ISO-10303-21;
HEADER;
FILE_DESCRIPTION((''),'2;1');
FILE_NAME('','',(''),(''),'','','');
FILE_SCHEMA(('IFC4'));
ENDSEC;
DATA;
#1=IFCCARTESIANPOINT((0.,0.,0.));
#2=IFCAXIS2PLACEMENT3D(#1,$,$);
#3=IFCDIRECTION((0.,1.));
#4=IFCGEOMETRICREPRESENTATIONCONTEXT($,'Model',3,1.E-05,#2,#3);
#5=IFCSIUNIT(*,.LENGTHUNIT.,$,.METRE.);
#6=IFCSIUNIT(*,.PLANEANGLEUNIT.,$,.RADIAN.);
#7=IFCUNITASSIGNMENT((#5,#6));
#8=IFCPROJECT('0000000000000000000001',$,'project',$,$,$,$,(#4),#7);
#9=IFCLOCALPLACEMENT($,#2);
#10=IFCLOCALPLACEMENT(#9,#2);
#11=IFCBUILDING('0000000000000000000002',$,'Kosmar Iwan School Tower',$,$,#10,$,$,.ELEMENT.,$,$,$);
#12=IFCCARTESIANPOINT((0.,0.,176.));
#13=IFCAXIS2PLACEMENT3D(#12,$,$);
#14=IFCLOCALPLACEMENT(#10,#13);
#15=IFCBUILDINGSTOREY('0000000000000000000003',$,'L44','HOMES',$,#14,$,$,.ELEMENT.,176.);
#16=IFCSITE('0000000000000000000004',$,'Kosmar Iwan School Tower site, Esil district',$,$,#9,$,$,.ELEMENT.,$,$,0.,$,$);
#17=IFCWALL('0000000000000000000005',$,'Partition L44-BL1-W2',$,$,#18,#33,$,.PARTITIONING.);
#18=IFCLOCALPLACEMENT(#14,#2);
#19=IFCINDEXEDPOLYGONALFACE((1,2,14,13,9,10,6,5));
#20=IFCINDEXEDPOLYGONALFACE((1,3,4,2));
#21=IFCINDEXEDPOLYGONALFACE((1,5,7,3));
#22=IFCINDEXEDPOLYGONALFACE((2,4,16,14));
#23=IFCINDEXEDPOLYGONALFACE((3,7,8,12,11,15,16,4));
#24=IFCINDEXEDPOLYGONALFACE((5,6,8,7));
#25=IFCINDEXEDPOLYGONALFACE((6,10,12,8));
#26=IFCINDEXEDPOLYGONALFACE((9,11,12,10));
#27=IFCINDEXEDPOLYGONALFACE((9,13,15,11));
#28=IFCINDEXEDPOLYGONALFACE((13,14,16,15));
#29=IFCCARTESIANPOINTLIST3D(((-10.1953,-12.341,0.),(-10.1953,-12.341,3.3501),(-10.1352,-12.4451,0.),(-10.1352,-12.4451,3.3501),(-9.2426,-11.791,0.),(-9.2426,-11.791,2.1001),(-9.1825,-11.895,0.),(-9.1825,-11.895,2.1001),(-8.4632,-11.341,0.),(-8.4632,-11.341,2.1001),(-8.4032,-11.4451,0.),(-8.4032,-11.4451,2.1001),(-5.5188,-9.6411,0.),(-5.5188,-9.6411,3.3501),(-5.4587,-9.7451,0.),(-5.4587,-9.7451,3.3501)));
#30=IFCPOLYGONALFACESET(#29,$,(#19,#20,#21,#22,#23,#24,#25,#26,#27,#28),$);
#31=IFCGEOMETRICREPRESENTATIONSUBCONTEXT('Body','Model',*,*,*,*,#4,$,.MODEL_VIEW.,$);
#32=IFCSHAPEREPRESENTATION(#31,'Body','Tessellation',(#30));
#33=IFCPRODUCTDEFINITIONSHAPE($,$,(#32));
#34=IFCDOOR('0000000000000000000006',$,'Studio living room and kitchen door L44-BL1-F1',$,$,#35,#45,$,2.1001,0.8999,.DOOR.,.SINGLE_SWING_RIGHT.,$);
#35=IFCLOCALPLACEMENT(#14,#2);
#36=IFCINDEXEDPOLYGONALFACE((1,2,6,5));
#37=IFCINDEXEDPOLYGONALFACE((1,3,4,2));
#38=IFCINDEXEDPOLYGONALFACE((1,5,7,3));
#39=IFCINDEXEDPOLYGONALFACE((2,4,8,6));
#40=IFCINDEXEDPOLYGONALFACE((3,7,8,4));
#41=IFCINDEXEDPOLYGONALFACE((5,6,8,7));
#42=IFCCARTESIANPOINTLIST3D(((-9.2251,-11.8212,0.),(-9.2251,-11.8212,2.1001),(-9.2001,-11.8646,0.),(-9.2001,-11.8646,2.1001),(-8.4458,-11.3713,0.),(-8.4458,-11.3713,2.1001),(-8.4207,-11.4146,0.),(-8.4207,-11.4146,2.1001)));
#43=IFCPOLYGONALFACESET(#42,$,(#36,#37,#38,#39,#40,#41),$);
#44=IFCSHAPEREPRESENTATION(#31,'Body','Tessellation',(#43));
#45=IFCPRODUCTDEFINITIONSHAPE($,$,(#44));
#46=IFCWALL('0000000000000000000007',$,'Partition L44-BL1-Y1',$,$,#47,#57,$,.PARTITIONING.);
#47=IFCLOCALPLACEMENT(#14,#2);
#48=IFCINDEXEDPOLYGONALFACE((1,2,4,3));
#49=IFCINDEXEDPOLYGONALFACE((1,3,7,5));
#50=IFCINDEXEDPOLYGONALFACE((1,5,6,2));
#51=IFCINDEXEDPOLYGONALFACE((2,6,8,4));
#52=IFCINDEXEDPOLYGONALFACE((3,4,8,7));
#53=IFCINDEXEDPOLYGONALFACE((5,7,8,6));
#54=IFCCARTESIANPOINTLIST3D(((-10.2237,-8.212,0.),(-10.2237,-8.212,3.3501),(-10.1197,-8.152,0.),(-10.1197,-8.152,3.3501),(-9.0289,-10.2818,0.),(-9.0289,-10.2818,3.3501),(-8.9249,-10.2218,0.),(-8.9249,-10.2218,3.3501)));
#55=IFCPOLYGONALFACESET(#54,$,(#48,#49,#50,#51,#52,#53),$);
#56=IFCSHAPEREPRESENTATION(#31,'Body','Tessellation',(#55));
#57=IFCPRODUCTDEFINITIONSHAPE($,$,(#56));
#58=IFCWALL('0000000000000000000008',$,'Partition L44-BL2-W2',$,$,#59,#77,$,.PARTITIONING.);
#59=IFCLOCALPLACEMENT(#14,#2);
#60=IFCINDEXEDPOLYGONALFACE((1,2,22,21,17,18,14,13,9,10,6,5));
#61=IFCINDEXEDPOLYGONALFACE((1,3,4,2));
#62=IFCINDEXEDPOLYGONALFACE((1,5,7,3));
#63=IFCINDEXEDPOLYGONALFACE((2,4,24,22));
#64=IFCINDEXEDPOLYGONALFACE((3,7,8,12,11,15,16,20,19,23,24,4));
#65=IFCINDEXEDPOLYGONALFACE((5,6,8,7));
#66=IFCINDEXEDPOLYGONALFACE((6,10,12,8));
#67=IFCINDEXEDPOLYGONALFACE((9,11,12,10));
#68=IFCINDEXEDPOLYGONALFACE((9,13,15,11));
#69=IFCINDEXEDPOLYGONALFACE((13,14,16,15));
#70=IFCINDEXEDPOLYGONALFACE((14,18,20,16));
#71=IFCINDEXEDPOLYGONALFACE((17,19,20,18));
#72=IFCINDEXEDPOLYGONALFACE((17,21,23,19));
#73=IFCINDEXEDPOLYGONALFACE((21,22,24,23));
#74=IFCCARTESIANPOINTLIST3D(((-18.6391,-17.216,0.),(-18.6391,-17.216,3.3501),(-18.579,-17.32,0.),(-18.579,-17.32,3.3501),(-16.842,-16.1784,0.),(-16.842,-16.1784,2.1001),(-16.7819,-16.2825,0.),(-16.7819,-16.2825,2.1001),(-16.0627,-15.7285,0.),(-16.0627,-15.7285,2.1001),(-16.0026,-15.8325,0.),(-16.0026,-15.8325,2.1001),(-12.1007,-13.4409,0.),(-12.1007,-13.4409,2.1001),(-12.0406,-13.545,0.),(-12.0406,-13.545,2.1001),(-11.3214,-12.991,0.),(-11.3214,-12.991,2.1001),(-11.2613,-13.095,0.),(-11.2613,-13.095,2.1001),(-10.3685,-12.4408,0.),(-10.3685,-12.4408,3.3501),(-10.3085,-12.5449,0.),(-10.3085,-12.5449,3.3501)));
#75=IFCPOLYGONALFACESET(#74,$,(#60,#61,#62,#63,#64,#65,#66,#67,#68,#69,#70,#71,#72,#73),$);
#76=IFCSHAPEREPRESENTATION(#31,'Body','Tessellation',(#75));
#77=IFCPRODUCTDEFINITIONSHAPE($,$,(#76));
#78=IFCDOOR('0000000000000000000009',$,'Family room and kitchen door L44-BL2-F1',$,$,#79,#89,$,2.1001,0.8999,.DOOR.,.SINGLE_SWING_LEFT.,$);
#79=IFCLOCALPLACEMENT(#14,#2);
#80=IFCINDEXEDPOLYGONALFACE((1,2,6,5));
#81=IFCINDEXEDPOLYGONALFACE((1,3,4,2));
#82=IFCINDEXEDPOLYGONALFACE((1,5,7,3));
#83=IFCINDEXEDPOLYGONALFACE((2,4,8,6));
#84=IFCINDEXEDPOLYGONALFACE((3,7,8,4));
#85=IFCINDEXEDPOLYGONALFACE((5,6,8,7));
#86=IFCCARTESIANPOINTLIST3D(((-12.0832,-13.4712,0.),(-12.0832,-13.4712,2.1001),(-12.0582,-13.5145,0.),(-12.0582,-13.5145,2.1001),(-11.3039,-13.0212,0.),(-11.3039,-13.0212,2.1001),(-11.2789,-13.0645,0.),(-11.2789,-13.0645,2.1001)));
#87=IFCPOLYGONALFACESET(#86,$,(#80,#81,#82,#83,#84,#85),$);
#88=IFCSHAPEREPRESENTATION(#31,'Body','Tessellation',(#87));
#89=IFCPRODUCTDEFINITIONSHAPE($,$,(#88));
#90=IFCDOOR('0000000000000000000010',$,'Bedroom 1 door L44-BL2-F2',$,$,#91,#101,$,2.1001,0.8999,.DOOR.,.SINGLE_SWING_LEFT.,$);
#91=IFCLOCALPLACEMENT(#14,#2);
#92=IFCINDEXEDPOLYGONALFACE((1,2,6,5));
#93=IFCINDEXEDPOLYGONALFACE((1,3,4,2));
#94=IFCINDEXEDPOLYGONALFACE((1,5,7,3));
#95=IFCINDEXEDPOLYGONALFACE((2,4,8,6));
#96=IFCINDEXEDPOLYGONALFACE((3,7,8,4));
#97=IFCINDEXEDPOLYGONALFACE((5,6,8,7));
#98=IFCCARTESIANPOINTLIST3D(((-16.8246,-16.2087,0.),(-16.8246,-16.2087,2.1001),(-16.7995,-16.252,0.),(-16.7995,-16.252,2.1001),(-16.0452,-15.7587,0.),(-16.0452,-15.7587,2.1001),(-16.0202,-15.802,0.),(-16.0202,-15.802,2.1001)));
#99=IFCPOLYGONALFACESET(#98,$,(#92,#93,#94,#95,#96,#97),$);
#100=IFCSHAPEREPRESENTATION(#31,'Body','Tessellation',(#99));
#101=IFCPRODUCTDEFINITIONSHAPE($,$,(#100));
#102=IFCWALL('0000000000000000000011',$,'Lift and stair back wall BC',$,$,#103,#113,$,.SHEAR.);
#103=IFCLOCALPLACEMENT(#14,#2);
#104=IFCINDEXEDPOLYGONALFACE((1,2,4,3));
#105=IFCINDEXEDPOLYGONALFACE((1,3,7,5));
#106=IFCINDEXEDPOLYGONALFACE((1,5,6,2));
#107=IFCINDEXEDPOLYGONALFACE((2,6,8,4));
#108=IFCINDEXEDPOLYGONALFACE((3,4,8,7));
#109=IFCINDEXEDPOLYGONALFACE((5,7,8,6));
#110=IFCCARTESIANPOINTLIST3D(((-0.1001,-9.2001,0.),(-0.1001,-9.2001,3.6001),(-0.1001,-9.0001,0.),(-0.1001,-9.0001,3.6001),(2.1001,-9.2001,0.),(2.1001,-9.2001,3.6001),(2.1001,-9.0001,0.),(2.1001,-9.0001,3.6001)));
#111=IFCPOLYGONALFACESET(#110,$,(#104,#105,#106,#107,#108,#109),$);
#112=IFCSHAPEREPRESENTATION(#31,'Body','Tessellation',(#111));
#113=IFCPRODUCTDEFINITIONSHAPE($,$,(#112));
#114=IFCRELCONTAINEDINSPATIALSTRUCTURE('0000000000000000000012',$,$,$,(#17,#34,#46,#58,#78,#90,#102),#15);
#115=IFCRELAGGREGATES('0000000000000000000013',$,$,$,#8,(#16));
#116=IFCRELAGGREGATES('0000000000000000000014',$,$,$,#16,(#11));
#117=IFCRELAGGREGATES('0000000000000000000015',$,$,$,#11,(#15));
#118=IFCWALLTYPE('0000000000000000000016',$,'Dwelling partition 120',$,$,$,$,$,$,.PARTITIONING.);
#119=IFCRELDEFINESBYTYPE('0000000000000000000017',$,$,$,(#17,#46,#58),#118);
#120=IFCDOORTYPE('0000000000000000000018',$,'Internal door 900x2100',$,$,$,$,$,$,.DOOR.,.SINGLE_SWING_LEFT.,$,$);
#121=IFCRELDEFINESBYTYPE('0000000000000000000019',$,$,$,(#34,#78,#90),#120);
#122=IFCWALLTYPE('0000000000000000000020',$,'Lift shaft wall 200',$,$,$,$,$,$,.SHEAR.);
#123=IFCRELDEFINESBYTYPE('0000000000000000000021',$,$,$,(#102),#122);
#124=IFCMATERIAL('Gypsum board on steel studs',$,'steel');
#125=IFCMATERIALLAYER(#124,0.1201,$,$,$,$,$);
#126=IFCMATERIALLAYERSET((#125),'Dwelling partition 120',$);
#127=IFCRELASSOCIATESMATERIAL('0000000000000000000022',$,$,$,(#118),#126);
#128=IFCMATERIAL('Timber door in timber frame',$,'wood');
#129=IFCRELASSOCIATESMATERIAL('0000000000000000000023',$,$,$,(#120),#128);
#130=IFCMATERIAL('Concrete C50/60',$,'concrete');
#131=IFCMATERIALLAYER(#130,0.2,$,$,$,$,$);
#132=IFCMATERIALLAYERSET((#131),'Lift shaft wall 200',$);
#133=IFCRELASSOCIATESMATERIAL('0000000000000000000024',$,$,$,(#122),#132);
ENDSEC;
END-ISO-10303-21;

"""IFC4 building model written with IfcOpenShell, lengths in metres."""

from ifc_helpers import new_model, si_unit, direction, frame, frame_2d, origin, place, context, subcontext, project, spatial, rectangle, extrude, material, layer, layer_set, type_object, element, fill, save


model = new_model("IFC4")

# Units and contexts
model_context = context("Model", 3, precision=1e-05, world=origin(), true_north=direction((0.0, 1.0)))
body_context = subcontext(model_context, "Body", "Model", "MODEL_VIEW")
ifc_project = project(units=[si_unit("LENGTHUNIT", "METRE"), si_unit("PLANEANGLEUNIT", "RADIAN")], contexts=[model_context])

# Site, building, storey
site_placement = place(None, origin())
site = spatial("IfcSite", under=ifc_project, at=site_placement, Name="Kosmar Iwan School Tower site, Esil district", CompositionType="ELEMENT", RefElevation=0.0)
building_placement = place(site_placement, origin())
building = spatial("IfcBuilding", under=site, at=building_placement, Name="Kosmar Iwan School Tower", CompositionType="ELEMENT")
storey_placement = place(building_placement, frame((0.0, 0.0, 176.0)))
storey = spatial("IfcBuildingStorey", under=building, at=storey_placement, Name="L44", Description="HOMES", CompositionType="ELEMENT", Elevation=176.0)

# Shared definitions
ifc_material_1 = material(Name="Gypsum board on steel studs", Category="steel")
ifc_layer_1 = layer(ifc_material_1, 0.1201)
ifc_layer_set_1 = layer_set([ifc_layer_1], Name="Dwelling partition 120")
wall_type_1 = type_object("IfcWallType", Name="Dwelling partition 120", PredefinedType="PARTITIONING", material=ifc_layer_set_1)
ifc_material_2 = material(Name="Timber door in timber frame", Category="wood")
door_type_1 = type_object("IfcDoorType", Name="Internal door 900x2100", OperationType="SINGLE_SWING_LEFT", PredefinedType="DOOR", material=ifc_material_2)

# Wall, opening, door
wall_1_placement = place(storey_placement, frame((-5.4888, -9.6931, 0.0), z_axis=(0.0, 0.0, 1.0), x_axis=(-0.866028, -0.499995, 0.0)))
wall_1 = element("IfcWall", 1, at=wall_1_placement, inside=storey, type_object=wall_type_1, Name="Partition L44-BL1-W2", PredefinedType="PARTITIONING", context=body_context, shape_type="SweptSolid", body=[
    extrude(rectangle(XDim=5.3999, YDim=0.1201, at=frame_2d((2.7, 0.0))), origin(), (0.0, 0.0, 1.0), 3.3501),
])
opening_1_placement = place(wall_1_placement, frame((3.3999, 0.0, 0.0)))
opening_1 = element("IfcOpeningElement", 2, at=opening_1_placement, cuts=wall_1, PredefinedType="OPENING", context=body_context, shape_type="SweptSolid", body=[
    extrude(rectangle(XDim=0.8999, YDim=2.1001, at=frame_2d((0.45, 1.05))), frame((0.0, 0.072, 0.0), z_axis=(0.0, -1.0, 0.0), x_axis=(1.0, 0.0, 0.0)), (0.0, 0.0, 1.0), 0.144),
])
door_1_placement = place(opening_1_placement, origin())
door_1 = element("IfcDoor", 3, at=door_1_placement, inside=storey, type_object=door_type_1, Name="Studio living room and kitchen door L44-BL1-F1", OperationType="SINGLE_SWING_RIGHT", OverallHeight=2.1001, OverallWidth=0.8999, PredefinedType="DOOR", context=body_context, shape_type="SweptSolid", body=[
    extrude(rectangle(XDim=0.8999, YDim=2.1001, at=frame_2d((0.45, 1.05))), frame((0.0, 0.0249, 0.0), z_axis=(0.0, -1.0, 0.0), x_axis=(1.0, 0.0, 0.0)), (0.0, 0.0, 1.0), 0.05),
])
fill(opening_1, door_1)

# Wall
wall_2_placement = place(storey_placement, frame((-10.1716, -8.1821, 0.0), z_axis=(0.0, 0.0, 1.0), x_axis=(0.499941, -0.86606, 0.0)))
element("IfcWall", 4, at=wall_2_placement, inside=storey, type_object=wall_type_1, Name="Partition L44-BL1-Y1", PredefinedType="PARTITIONING", context=body_context, shape_type="SweptSolid", body=[
    extrude(rectangle(XDim=2.3899, YDim=0.1201, at=frame_2d((1.1948, 0.0))), origin(), (0.0, 0.0, 1.0), 3.3501),
])

# Wall, openings, doors
wall_3_placement = place(storey_placement, frame((-10.3386, -12.4929, 0.0), z_axis=(0.0, 0.0, 1.0), x_axis=(-0.866018, -0.500013, 0.0)))
wall_3 = element("IfcWall", 5, at=wall_3_placement, inside=storey, type_object=wall_type_1, Name="Partition L44-BL2-W2", PredefinedType="PARTITIONING", context=body_context, shape_type="SweptSolid", body=[
    extrude(rectangle(XDim=9.55, YDim=0.1201, at=frame_2d((4.7749, 0.0))), origin(), (0.0, 0.0, 1.0), 3.3501),
])
opening_2_placement = place(wall_3_placement, frame((1.1001, 0.0, 0.0)))
opening_2 = element("IfcOpeningElement", 6, at=opening_2_placement, cuts=wall_3, PredefinedType="OPENING", context=body_context, shape_type="SweptSolid", body=[
    extrude(rectangle(XDim=0.8999, YDim=2.1001, at=frame_2d((0.45, 1.05))), frame((0.0, 0.072, 0.0), z_axis=(0.0, -1.0, 0.0), x_axis=(1.0, 0.0, 0.0)), (0.0, 0.0, 1.0), 0.144),
])
opening_3_placement = place(wall_3_placement, frame((6.575, 0.0, 0.0)))
opening_3 = element("IfcOpeningElement", 7, at=opening_3_placement, cuts=wall_3, PredefinedType="OPENING", context=body_context, shape_type="SweptSolid", body=[
    extrude(rectangle(XDim=0.8999, YDim=2.1001, at=frame_2d((0.45, 1.05))), frame((0.0, 0.072, 0.0), z_axis=(0.0, -1.0, 0.0), x_axis=(1.0, 0.0, 0.0)), (0.0, 0.0, 1.0), 0.144),
])
door_2_placement = place(opening_2_placement, origin())
door_2 = element("IfcDoor", 8, at=door_2_placement, inside=storey, type_object=door_type_1, Name="Family room and kitchen door L44-BL2-F1", OperationType="SINGLE_SWING_LEFT", OverallHeight=2.1001, OverallWidth=0.8999, PredefinedType="DOOR", context=body_context, shape_type="SweptSolid", body=[
    extrude(rectangle(XDim=0.8999, YDim=2.1001, at=frame_2d((0.45, 1.05))), frame((0.0, 0.0249, 0.0), z_axis=(0.0, -1.0, 0.0), x_axis=(1.0, 0.0, 0.0)), (0.0, 0.0, 1.0), 0.05),
])
fill(opening_2, door_2)
door_3_placement = place(opening_3_placement, origin())
door_3 = element("IfcDoor", 9, at=door_3_placement, inside=storey, type_object=door_type_1, Name="Bedroom 1 door L44-BL2-F2", OperationType="SINGLE_SWING_LEFT", OverallHeight=2.1001, OverallWidth=0.8999, PredefinedType="DOOR", context=body_context, shape_type="SweptSolid", body=[
    extrude(rectangle(XDim=0.8999, YDim=2.1001, at=frame_2d((0.45, 1.05))), frame((0.0, 0.0249, 0.0), z_axis=(0.0, -1.0, 0.0), x_axis=(1.0, 0.0, 0.0)), (0.0, 0.0, 1.0), 0.05),
])
fill(opening_3, door_3)

# Wall
ifc_material_3 = material(Name="Concrete C50/60", Category="concrete")
ifc_layer_2 = layer(ifc_material_3, 0.2)
ifc_layer_set_2 = layer_set([ifc_layer_2], Name="Lift shaft wall 200")
wall_type_2 = type_object("IfcWallType", Name="Lift shaft wall 200", PredefinedType="SHEAR", material=ifc_layer_set_2)
wall_4_placement = place(storey_placement, frame((-0.1001, -9.1001, 0.0), z_axis=(0.0, 0.0, 1.0), x_axis=(1.0, 0.0, 0.0)))
element("IfcWall", 10, at=wall_4_placement, inside=storey, type_object=wall_type_2, Name="Lift and stair back wall BC", PredefinedType="SHEAR", context=body_context, shape_type="SweptSolid", body=[
    extrude(rectangle(XDim=2.2002, YDim=0.2, at=frame_2d((1.1001, 0.0))), origin(), (0.0, 0.0, 1.0), 3.6001),
])

save(model, "model.ifc")
